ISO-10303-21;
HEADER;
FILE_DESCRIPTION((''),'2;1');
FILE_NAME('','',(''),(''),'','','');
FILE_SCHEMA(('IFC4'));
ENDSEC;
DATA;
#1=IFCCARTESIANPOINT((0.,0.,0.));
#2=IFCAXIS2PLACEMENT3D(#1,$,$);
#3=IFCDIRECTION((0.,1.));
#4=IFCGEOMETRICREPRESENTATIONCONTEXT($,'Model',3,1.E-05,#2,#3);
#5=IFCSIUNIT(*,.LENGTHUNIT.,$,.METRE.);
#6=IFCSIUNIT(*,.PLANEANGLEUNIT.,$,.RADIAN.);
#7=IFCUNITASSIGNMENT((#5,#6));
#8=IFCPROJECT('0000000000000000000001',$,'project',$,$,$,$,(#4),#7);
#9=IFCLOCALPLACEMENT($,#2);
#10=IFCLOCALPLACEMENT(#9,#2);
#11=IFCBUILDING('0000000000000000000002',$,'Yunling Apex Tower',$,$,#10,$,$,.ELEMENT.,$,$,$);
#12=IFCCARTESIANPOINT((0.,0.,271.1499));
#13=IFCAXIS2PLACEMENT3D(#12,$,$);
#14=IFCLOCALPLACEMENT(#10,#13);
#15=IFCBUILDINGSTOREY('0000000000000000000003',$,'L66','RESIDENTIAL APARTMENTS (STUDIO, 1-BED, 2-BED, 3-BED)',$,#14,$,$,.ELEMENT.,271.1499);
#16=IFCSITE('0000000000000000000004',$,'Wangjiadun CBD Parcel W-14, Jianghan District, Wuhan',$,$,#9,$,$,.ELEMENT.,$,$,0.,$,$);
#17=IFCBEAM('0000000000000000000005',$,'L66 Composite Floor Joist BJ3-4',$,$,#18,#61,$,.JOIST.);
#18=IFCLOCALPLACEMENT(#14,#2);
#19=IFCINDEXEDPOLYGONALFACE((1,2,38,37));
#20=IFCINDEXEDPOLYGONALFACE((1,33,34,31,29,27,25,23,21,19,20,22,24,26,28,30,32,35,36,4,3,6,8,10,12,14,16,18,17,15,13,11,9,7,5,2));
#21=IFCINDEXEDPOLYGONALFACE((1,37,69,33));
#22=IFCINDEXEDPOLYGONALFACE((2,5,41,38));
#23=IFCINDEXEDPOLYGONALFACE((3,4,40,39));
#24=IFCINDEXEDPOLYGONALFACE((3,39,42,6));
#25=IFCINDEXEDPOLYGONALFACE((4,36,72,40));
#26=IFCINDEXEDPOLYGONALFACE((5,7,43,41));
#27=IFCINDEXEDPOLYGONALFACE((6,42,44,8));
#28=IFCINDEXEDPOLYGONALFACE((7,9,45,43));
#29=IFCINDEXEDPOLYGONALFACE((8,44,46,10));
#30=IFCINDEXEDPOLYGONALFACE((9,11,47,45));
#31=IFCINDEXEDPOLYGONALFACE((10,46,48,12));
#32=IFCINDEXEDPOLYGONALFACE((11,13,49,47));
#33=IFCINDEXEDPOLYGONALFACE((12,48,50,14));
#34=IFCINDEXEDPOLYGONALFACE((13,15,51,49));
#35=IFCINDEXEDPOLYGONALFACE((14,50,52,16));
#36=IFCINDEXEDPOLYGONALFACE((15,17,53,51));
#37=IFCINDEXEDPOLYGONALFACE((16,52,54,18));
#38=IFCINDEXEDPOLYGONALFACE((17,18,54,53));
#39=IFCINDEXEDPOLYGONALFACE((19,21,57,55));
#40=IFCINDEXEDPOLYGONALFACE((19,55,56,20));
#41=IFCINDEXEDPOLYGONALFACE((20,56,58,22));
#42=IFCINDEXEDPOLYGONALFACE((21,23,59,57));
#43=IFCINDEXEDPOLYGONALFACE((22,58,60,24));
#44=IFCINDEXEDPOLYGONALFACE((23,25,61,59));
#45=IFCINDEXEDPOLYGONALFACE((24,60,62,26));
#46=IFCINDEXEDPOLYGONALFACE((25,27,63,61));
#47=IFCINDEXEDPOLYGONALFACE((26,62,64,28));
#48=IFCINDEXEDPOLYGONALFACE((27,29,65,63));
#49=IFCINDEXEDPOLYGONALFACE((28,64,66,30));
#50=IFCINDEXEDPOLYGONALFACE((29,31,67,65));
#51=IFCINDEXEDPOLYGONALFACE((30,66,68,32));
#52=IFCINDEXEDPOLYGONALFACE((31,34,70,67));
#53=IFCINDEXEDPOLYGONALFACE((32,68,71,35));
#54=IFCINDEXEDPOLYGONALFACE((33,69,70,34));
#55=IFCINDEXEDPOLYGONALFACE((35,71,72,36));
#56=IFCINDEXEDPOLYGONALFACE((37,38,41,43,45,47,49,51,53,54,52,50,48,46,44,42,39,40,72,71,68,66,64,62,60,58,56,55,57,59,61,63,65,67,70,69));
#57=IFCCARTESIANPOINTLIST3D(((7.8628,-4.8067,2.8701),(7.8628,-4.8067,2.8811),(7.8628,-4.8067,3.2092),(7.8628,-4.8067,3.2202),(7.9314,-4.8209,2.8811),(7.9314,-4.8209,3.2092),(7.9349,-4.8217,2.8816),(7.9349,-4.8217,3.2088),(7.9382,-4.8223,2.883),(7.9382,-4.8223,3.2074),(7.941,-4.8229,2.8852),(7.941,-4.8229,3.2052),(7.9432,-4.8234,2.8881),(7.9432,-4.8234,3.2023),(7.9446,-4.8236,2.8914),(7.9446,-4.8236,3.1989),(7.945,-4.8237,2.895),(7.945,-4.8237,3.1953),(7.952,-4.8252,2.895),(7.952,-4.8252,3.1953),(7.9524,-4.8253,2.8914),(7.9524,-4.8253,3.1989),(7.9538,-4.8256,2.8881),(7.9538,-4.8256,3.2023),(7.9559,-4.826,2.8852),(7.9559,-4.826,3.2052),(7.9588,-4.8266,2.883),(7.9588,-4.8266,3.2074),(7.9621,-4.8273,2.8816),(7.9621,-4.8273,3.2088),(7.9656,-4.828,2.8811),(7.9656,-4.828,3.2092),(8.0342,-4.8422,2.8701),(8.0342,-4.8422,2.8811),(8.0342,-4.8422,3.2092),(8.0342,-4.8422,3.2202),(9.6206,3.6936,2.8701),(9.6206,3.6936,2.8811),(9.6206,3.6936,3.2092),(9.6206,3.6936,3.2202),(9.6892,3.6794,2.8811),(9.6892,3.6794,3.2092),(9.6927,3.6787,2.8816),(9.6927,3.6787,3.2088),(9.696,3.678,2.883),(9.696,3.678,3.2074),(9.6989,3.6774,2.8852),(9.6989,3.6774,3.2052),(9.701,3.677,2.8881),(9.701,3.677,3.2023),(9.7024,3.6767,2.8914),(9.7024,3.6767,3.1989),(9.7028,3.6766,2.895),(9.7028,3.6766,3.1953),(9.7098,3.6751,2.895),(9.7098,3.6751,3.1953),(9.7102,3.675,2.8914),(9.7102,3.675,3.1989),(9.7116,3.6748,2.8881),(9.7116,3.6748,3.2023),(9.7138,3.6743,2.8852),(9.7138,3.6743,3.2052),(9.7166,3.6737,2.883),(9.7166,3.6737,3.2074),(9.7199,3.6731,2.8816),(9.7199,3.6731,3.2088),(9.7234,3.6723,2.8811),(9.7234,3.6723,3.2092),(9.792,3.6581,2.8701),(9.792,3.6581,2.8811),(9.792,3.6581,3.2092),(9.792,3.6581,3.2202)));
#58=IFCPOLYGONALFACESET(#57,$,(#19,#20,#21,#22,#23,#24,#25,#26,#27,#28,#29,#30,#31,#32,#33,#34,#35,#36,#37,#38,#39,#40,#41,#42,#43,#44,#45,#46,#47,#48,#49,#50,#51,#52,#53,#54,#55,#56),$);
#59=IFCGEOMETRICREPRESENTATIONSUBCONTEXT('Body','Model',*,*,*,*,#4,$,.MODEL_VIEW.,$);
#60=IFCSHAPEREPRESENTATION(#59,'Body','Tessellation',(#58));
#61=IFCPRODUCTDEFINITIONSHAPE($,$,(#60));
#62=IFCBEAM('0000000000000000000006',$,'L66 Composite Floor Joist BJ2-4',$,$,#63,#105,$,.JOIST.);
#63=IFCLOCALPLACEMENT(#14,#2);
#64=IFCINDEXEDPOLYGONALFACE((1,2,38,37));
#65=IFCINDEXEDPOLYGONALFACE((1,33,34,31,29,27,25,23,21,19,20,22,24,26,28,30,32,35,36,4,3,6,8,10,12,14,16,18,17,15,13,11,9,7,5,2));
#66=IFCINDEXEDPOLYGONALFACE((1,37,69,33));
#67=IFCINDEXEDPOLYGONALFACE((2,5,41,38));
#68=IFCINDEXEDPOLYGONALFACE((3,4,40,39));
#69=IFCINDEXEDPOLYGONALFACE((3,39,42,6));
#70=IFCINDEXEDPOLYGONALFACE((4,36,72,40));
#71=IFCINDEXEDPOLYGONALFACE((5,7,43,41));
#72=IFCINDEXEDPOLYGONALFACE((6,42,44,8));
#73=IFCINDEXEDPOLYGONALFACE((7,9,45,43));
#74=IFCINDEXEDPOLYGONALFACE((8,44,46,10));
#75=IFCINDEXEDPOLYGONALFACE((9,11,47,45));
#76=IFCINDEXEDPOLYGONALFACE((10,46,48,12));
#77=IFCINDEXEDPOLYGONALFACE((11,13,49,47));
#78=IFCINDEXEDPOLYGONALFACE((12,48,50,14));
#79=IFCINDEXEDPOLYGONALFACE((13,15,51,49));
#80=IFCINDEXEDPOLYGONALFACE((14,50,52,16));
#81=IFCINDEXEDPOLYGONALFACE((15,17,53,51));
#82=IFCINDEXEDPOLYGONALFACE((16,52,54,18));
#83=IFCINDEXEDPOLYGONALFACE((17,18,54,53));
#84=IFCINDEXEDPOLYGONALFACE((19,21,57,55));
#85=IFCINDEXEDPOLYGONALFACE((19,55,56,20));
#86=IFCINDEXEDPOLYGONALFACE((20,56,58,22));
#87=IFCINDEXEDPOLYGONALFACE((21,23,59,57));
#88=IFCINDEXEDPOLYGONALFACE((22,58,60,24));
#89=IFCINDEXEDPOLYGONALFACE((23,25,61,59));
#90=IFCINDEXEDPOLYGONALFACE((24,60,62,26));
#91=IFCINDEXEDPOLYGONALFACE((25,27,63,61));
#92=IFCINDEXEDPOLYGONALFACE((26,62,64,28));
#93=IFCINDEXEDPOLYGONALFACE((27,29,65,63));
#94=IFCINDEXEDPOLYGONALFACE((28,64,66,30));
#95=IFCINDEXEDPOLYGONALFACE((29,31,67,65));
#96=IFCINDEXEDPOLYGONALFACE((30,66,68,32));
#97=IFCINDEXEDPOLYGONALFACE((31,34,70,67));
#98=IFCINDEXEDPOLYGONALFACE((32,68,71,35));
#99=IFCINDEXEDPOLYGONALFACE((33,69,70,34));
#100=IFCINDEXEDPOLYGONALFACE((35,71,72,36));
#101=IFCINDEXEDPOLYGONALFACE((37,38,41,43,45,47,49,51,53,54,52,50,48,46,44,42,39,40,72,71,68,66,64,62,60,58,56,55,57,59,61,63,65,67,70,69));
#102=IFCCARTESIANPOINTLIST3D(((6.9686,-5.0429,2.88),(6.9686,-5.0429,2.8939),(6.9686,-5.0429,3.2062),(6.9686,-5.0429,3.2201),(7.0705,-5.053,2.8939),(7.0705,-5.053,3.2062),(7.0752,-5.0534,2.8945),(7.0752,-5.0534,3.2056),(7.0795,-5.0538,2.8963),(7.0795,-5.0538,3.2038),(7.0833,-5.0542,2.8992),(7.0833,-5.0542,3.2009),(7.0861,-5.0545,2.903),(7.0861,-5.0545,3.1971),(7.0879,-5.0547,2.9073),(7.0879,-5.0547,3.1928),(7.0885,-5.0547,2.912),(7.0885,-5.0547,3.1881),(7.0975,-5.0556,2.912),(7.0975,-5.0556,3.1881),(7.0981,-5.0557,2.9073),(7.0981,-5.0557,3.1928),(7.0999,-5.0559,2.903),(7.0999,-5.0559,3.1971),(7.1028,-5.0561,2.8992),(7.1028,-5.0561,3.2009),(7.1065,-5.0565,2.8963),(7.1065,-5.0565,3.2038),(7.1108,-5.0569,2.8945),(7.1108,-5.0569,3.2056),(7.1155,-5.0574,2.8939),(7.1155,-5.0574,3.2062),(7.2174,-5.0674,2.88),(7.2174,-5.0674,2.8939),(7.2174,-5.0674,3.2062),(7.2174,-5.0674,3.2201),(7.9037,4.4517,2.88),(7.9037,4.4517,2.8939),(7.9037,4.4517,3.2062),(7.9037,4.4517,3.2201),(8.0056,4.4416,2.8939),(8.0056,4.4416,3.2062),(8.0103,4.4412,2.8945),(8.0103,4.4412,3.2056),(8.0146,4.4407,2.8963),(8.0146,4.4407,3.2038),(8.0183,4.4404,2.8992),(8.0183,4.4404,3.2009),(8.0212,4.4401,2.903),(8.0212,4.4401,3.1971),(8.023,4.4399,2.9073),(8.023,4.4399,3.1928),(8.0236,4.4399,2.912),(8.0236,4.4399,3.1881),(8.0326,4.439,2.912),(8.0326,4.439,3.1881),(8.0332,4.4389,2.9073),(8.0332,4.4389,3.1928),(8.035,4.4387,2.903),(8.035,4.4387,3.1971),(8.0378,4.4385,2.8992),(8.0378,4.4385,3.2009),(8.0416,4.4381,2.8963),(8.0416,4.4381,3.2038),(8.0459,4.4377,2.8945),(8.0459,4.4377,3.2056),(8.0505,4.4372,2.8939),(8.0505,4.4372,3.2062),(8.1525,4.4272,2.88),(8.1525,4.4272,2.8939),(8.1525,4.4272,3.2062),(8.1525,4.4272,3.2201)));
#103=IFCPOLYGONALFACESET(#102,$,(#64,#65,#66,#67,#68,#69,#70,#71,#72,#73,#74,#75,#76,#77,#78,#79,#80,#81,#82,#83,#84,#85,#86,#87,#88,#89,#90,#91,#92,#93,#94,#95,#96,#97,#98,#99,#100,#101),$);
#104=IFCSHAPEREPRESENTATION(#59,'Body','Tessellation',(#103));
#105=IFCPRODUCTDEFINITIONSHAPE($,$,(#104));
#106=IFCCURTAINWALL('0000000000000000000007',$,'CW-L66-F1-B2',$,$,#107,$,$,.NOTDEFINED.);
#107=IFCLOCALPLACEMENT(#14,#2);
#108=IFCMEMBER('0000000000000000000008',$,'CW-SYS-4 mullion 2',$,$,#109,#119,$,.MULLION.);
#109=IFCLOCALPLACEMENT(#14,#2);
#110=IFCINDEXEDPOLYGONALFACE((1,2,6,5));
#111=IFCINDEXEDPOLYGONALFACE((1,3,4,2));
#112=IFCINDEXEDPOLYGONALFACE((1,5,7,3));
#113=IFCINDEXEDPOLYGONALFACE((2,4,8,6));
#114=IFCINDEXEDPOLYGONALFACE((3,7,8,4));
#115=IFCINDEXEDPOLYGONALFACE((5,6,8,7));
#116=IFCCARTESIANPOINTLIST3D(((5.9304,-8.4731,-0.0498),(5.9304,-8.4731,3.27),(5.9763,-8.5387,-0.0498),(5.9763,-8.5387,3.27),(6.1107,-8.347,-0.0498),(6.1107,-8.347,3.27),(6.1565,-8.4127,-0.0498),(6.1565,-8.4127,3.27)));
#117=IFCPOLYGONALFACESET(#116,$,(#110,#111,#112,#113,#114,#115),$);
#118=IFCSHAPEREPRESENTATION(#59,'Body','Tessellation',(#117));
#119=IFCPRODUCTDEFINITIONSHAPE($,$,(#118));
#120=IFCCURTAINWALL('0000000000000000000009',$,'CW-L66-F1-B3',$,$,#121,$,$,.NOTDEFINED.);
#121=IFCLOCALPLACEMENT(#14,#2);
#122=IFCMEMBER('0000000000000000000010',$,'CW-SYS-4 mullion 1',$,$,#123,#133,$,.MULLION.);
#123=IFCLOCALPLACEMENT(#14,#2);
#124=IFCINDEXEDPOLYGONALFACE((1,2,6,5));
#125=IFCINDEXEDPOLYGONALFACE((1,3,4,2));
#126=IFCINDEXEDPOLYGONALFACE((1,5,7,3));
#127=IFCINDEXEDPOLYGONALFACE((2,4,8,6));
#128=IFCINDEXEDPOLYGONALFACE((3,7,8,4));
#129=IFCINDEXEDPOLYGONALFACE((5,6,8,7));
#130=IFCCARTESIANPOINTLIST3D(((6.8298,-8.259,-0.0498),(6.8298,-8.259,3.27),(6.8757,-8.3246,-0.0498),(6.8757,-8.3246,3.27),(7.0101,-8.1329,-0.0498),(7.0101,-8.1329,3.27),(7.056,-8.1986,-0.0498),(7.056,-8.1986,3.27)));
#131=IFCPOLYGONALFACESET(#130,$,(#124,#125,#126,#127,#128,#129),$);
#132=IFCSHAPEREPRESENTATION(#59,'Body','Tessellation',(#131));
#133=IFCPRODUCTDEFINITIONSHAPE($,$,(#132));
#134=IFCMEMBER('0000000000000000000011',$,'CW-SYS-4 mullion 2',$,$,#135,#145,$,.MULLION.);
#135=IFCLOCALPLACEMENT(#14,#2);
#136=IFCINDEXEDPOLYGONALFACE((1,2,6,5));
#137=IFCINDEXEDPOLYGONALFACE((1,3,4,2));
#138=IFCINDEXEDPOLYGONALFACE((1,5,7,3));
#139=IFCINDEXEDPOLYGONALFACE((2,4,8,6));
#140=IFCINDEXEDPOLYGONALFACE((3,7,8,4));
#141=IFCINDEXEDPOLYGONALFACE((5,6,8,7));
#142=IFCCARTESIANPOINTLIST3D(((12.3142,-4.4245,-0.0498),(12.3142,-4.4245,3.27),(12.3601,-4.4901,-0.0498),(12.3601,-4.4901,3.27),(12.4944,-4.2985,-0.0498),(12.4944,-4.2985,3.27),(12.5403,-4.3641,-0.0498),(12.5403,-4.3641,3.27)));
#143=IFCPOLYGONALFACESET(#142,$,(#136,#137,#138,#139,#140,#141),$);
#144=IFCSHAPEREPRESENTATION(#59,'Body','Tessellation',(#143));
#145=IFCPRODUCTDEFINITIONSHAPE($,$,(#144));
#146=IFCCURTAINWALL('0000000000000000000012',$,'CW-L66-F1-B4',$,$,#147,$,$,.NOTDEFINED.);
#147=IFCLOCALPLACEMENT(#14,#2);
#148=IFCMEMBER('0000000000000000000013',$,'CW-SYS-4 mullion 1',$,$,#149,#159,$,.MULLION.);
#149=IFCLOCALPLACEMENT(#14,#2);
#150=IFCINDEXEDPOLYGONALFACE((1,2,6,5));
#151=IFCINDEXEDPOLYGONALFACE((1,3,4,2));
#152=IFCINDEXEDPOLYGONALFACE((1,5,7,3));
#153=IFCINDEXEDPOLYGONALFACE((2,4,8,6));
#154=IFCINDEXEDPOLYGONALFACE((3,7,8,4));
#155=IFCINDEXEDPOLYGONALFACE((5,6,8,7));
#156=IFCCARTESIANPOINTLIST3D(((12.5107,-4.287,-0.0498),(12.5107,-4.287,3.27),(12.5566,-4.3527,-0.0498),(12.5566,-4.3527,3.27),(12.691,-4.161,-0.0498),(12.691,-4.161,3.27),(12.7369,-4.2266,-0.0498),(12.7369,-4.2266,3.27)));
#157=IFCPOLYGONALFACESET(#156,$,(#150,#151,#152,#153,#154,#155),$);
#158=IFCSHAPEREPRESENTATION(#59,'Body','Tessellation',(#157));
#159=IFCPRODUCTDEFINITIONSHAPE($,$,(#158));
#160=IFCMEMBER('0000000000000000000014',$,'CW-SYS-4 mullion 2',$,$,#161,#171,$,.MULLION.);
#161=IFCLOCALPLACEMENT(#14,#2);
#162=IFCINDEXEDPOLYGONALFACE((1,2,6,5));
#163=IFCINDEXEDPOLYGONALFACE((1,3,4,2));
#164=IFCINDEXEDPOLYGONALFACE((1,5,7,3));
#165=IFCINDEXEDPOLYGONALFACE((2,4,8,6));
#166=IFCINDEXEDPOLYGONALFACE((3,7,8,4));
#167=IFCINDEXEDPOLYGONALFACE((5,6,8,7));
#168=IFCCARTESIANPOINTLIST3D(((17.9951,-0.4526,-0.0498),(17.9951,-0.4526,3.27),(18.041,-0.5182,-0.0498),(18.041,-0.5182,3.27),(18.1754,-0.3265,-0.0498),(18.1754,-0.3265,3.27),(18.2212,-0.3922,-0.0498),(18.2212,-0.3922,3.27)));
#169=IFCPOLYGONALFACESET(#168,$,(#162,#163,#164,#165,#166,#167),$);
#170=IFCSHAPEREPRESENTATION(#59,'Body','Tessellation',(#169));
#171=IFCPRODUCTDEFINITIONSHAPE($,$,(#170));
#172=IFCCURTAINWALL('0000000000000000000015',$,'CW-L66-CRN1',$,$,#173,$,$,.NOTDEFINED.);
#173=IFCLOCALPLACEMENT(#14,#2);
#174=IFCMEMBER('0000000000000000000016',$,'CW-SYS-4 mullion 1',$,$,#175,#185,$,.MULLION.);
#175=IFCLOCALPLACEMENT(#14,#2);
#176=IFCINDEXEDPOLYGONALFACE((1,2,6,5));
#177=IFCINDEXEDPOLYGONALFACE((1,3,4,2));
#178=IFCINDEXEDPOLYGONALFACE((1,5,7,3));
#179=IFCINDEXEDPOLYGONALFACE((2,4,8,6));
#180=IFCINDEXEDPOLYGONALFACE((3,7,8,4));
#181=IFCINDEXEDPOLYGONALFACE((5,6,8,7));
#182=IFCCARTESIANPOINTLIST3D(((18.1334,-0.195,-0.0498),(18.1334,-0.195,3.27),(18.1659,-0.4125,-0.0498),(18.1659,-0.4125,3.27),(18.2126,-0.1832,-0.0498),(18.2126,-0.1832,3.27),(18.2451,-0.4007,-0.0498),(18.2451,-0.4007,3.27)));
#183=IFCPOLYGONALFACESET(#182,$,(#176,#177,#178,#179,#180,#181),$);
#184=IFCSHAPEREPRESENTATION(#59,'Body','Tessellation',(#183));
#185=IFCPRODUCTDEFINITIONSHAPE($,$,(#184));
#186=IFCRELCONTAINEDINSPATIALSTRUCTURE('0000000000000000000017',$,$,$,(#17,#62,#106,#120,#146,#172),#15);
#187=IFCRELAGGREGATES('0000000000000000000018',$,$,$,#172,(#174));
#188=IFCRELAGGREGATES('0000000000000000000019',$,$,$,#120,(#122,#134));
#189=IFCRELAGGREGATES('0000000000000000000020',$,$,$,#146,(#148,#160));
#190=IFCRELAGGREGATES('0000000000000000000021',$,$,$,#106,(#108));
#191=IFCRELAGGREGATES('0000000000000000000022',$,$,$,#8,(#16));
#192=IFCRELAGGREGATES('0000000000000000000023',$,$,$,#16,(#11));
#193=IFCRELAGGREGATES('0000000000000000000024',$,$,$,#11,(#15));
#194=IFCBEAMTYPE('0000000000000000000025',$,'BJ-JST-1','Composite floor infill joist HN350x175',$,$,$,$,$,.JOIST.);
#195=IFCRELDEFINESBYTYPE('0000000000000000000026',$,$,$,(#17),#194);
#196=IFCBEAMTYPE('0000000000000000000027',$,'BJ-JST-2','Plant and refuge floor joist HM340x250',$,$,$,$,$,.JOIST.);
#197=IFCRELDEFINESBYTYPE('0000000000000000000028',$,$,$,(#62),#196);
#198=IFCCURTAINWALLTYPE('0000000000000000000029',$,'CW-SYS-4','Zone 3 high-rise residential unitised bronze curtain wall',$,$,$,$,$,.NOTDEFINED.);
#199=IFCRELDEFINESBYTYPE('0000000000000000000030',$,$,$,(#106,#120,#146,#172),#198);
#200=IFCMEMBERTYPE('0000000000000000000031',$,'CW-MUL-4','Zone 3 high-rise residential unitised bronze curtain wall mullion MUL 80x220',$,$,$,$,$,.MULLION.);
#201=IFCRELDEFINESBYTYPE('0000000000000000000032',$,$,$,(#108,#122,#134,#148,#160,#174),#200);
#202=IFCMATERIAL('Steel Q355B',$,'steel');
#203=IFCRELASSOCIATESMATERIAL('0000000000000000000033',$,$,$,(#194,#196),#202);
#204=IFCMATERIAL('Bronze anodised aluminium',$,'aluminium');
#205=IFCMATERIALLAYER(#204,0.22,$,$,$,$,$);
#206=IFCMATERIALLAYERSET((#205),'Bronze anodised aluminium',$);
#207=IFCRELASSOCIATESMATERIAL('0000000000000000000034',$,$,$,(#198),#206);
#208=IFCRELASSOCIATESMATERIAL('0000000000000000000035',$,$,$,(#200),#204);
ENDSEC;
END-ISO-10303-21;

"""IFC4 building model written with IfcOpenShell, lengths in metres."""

from ifc_helpers import new_model, si_unit, direction, frame, origin, origin_2d, place, context, subcontext, project, spatial, rectangle, i_section, extrude, source, transform, mapped, material, layer, layer_set, material_profile, profile_set, type_object, element, aggregate, save


model = new_model("IFC4")

# Units and contexts
model_context = context("Model", 3, precision=1e-05, world=origin(), true_north=direction((0.0, 1.0)))
body_context = subcontext(model_context, "Body", "Model", "MODEL_VIEW")
ifc_project = project(units=[si_unit("LENGTHUNIT", "METRE"), si_unit("PLANEANGLEUNIT", "RADIAN")], contexts=[model_context])

# Site, building, storey
site_placement = place(None, origin())
site = spatial("IfcSite", under=ifc_project, at=site_placement, Name="Wangjiadun CBD Parcel W-14, Jianghan District, Wuhan", CompositionType="ELEMENT", RefElevation=0.0)
building_placement = place(site_placement, origin())
building = spatial("IfcBuilding", under=site, at=building_placement, Name="Yunling Apex Tower", CompositionType="ELEMENT")
storey_placement = place(building_placement, frame((0.0, 0.0, 271.1499)))
storey = spatial("IfcBuildingStorey", under=building, at=storey_placement, Name="L66", Description="RESIDENTIAL APARTMENTS (STUDIO, 1-BED, 2-BED, 3-BED)", CompositionType="ELEMENT", Elevation=271.1499)

# Shared definitions
ifc_material_1 = material(Name="Steel Q355B", Category="steel")

# Beams
ifc_material_profile_1 = material_profile(ifc_material_1, i_section(OverallWidth=0.175, OverallDepth=0.3501, WebThickness=0.0071, FlangeThickness=0.011, FilletRadius=0.0139, at=origin_2d()))
ifc_profile_set_1 = profile_set([ifc_material_profile_1], Name="Steel Q355B")
beam_type_1 = type_object("IfcBeamType", Name="BJ-JST-1", Description="Composite floor infill joist HN350x175", PredefinedType="JOIST", material=ifc_profile_set_1)
shared_shape_1 = source(origin(), body_context, "Body", "SweptSolid", [
    extrude(i_section(OverallWidth=0.175, OverallDepth=0.3501, WebThickness=0.0071, FlangeThickness=0.011, FilletRadius=0.0139, at=origin_2d()), origin(), (0.0, 0.0, 1.0), 8.6802),
])
beam_1_placement = place(storey_placement, frame((7.9485, -4.8245, 3.0452), z_axis=(0.202511, 0.97928, 0.0), x_axis=(-0.97928, 0.202511, 0.0)))
element("IfcBeam", 1, at=beam_1_placement, inside=storey, type_object=beam_type_1, Name="L66 Composite Floor Joist BJ3-4", PredefinedType="JOIST", context=body_context, shape_type="MappedRepresentation", body=[
    mapped(shared_shape_1, transform((0.0, 0.0, 0.0), scale=1.0)),
])
ifc_material_profile_2 = material_profile(ifc_material_1, i_section(OverallWidth=0.25, OverallDepth=0.3401, WebThickness=0.009, FlangeThickness=0.0139, FilletRadius=0.0181, at=origin_2d()))
ifc_profile_set_2 = profile_set([ifc_material_profile_2], Name="Steel Q355B")
beam_type_2 = type_object("IfcBeamType", Name="BJ-JST-2", Description="Plant and refuge floor joist HM340x250", PredefinedType="JOIST", material=ifc_profile_set_2)
shared_shape_2 = source(origin(), body_context, "Body", "SweptSolid", [
    extrude(i_section(OverallWidth=0.25, OverallDepth=0.3401, WebThickness=0.009, FlangeThickness=0.0139, FilletRadius=0.0181, at=origin_2d()), origin(), (0.0, 0.0, 1.0), 9.5405),
])
beam_2_placement = place(storey_placement, frame((7.093, -5.0552, 3.05), z_axis=(0.098009, 0.995186, 0.0), x_axis=(-0.995186, 0.098009, 0.0)))
element("IfcBeam", 2, at=beam_2_placement, inside=storey, type_object=beam_type_2, Name="L66 Composite Floor Joist BJ2-4", PredefinedType="JOIST", context=body_context, shape_type="MappedRepresentation", body=[
    mapped(shared_shape_2, transform((0.0, 0.0, 0.0), scale=1.0)),
])

# Curtain wall, member
ifc_material_2 = material(Name="Bronze anodised aluminium", Category="aluminium")
ifc_layer_1 = layer(ifc_material_2, 0.22)
ifc_layer_set_1 = layer_set([ifc_layer_1], Name="Bronze anodised aluminium")
curtain_wall_type = type_object("IfcCurtainWallType", Name="CW-SYS-4", Description="Zone 3 high-rise residential unitised bronze curtain wall", PredefinedType="NOTDEFINED", material=ifc_layer_set_1)
curtain_wall_1_placement = place(storey_placement, origin())
curtain_wall_1 = element("IfcCurtainWall", 3, at=curtain_wall_1_placement, inside=storey, type_object=curtain_wall_type, Name="CW-L66-F1-B2", PredefinedType="NOTDEFINED")
ifc_material_profile_3 = material_profile(ifc_material_2, rectangle(XDim=0.0801, YDim=0.22, at=origin_2d()))
ifc_profile_set_3 = profile_set([ifc_material_profile_3], Name="Bronze anodised aluminium")
member_type_1 = type_object("IfcMemberType", Name="CW-MUL-4", Description="Zone 3 high-rise residential unitised bronze curtain wall mullion MUL 80x220", PredefinedType="MULLION", material=ifc_profile_set_3)
shared_shape_3 = source(origin(), body_context, "Body", "SweptSolid", [
    extrude(rectangle(XDim=0.0801, YDim=0.22, at=origin_2d()), origin(), (0.0, 0.0, 1.0), 3.3198),
])
member_1_placement = place(storey_placement, frame((6.0435, -8.4429, -0.0498), z_axis=(0.0, 0.0, 1.0), x_axis=(-0.572999, 0.819556, 0.0)))
member_1 = element("IfcMember", 4, at=member_1_placement, type_object=member_type_1, Name="CW-SYS-4 mullion 2", PredefinedType="MULLION", context=body_context, shape_type="MappedRepresentation", body=[
    mapped(shared_shape_3, transform((0.0, 0.0, 0.0), scale=1.0)),
])

# Curtain walls, members
curtain_wall_2_placement = place(storey_placement, origin())
curtain_wall_2 = element("IfcCurtainWall", 5, at=curtain_wall_2_placement, inside=storey, type_object=curtain_wall_type, Name="CW-L66-F1-B3", PredefinedType="NOTDEFINED")
member_2_placement = place(storey_placement, frame((6.9429, -8.2288, -0.0498), z_axis=(0.0, 0.0, 1.0), x_axis=(-0.57301, 0.819548, 0.0)))
member_2 = element("IfcMember", 6, at=member_2_placement, type_object=member_type_1, Name="CW-SYS-4 mullion 1", PredefinedType="MULLION", context=body_context, shape_type="MappedRepresentation", body=[
    mapped(shared_shape_3, transform((0.0, 0.0, 0.0), scale=1.0)),
])
member_3_placement = place(storey_placement, frame((12.4272, -4.3943, -0.0498), z_axis=(0.0, 0.0, 1.0), x_axis=(-0.57301, 0.819548, 0.0)))
member_3 = element("IfcMember", 7, at=member_3_placement, type_object=member_type_1, Name="CW-SYS-4 mullion 2", PredefinedType="MULLION", context=body_context, shape_type="MappedRepresentation", body=[
    mapped(shared_shape_3, transform((0.0, 0.0, 0.0), scale=1.0)),
])
curtain_wall_3_placement = place(storey_placement, origin())
curtain_wall_3 = element("IfcCurtainWall", 8, at=curtain_wall_3_placement, inside=storey, type_object=curtain_wall_type, Name="CW-L66-F1-B4", PredefinedType="NOTDEFINED")
member_4_placement = place(storey_placement, frame((12.6238, -4.2568, -0.0498), z_axis=(0.0, 0.0, 1.0), x_axis=(-0.573, 0.819555, 0.0)))
member_4 = element("IfcMember", 9, at=member_4_placement, type_object=member_type_1, Name="CW-SYS-4 mullion 1", PredefinedType="MULLION", context=body_context, shape_type="MappedRepresentation", body=[
    mapped(shared_shape_3, transform((0.0, 0.0, 0.0), scale=1.0)),
])
member_5_placement = place(storey_placement, frame((18.1082, -0.4224, -0.0498), z_axis=(0.0, 0.0, 1.0), x_axis=(-0.573, 0.819555, 0.0)))
member_5 = element("IfcMember", 10, at=member_5_placement, type_object=member_type_1, Name="CW-SYS-4 mullion 2", PredefinedType="MULLION", context=body_context, shape_type="MappedRepresentation", body=[
    mapped(shared_shape_3, transform((0.0, 0.0, 0.0), scale=1.0)),
])

# Curtain wall, member
curtain_wall_4_placement = place(storey_placement, origin())
curtain_wall_4 = element("IfcCurtainWall", 11, at=curtain_wall_4_placement, inside=storey, type_object=curtain_wall_type, Name="CW-L66-CRN1", PredefinedType="NOTDEFINED")
member_6_placement = place(storey_placement, frame((18.1892, -0.2979, -0.0498), z_axis=(0.0, 0.0, 1.0), x_axis=(-0.989017, -0.147803, 0.0)))
member_6 = element("IfcMember", 12, at=member_6_placement, type_object=member_type_1, Name="CW-SYS-4 mullion 1", PredefinedType="MULLION", context=body_context, shape_type="MappedRepresentation", body=[
    mapped(shared_shape_3, transform((0.0, 0.0, 0.0), scale=1.0)),
])

aggregate(curtain_wall_4, [member_6])

aggregate(curtain_wall_2, [member_2, member_3])
aggregate(curtain_wall_3, [member_4, member_5])
aggregate(curtain_wall_1, [member_1])

save(model, "model.ifc")
